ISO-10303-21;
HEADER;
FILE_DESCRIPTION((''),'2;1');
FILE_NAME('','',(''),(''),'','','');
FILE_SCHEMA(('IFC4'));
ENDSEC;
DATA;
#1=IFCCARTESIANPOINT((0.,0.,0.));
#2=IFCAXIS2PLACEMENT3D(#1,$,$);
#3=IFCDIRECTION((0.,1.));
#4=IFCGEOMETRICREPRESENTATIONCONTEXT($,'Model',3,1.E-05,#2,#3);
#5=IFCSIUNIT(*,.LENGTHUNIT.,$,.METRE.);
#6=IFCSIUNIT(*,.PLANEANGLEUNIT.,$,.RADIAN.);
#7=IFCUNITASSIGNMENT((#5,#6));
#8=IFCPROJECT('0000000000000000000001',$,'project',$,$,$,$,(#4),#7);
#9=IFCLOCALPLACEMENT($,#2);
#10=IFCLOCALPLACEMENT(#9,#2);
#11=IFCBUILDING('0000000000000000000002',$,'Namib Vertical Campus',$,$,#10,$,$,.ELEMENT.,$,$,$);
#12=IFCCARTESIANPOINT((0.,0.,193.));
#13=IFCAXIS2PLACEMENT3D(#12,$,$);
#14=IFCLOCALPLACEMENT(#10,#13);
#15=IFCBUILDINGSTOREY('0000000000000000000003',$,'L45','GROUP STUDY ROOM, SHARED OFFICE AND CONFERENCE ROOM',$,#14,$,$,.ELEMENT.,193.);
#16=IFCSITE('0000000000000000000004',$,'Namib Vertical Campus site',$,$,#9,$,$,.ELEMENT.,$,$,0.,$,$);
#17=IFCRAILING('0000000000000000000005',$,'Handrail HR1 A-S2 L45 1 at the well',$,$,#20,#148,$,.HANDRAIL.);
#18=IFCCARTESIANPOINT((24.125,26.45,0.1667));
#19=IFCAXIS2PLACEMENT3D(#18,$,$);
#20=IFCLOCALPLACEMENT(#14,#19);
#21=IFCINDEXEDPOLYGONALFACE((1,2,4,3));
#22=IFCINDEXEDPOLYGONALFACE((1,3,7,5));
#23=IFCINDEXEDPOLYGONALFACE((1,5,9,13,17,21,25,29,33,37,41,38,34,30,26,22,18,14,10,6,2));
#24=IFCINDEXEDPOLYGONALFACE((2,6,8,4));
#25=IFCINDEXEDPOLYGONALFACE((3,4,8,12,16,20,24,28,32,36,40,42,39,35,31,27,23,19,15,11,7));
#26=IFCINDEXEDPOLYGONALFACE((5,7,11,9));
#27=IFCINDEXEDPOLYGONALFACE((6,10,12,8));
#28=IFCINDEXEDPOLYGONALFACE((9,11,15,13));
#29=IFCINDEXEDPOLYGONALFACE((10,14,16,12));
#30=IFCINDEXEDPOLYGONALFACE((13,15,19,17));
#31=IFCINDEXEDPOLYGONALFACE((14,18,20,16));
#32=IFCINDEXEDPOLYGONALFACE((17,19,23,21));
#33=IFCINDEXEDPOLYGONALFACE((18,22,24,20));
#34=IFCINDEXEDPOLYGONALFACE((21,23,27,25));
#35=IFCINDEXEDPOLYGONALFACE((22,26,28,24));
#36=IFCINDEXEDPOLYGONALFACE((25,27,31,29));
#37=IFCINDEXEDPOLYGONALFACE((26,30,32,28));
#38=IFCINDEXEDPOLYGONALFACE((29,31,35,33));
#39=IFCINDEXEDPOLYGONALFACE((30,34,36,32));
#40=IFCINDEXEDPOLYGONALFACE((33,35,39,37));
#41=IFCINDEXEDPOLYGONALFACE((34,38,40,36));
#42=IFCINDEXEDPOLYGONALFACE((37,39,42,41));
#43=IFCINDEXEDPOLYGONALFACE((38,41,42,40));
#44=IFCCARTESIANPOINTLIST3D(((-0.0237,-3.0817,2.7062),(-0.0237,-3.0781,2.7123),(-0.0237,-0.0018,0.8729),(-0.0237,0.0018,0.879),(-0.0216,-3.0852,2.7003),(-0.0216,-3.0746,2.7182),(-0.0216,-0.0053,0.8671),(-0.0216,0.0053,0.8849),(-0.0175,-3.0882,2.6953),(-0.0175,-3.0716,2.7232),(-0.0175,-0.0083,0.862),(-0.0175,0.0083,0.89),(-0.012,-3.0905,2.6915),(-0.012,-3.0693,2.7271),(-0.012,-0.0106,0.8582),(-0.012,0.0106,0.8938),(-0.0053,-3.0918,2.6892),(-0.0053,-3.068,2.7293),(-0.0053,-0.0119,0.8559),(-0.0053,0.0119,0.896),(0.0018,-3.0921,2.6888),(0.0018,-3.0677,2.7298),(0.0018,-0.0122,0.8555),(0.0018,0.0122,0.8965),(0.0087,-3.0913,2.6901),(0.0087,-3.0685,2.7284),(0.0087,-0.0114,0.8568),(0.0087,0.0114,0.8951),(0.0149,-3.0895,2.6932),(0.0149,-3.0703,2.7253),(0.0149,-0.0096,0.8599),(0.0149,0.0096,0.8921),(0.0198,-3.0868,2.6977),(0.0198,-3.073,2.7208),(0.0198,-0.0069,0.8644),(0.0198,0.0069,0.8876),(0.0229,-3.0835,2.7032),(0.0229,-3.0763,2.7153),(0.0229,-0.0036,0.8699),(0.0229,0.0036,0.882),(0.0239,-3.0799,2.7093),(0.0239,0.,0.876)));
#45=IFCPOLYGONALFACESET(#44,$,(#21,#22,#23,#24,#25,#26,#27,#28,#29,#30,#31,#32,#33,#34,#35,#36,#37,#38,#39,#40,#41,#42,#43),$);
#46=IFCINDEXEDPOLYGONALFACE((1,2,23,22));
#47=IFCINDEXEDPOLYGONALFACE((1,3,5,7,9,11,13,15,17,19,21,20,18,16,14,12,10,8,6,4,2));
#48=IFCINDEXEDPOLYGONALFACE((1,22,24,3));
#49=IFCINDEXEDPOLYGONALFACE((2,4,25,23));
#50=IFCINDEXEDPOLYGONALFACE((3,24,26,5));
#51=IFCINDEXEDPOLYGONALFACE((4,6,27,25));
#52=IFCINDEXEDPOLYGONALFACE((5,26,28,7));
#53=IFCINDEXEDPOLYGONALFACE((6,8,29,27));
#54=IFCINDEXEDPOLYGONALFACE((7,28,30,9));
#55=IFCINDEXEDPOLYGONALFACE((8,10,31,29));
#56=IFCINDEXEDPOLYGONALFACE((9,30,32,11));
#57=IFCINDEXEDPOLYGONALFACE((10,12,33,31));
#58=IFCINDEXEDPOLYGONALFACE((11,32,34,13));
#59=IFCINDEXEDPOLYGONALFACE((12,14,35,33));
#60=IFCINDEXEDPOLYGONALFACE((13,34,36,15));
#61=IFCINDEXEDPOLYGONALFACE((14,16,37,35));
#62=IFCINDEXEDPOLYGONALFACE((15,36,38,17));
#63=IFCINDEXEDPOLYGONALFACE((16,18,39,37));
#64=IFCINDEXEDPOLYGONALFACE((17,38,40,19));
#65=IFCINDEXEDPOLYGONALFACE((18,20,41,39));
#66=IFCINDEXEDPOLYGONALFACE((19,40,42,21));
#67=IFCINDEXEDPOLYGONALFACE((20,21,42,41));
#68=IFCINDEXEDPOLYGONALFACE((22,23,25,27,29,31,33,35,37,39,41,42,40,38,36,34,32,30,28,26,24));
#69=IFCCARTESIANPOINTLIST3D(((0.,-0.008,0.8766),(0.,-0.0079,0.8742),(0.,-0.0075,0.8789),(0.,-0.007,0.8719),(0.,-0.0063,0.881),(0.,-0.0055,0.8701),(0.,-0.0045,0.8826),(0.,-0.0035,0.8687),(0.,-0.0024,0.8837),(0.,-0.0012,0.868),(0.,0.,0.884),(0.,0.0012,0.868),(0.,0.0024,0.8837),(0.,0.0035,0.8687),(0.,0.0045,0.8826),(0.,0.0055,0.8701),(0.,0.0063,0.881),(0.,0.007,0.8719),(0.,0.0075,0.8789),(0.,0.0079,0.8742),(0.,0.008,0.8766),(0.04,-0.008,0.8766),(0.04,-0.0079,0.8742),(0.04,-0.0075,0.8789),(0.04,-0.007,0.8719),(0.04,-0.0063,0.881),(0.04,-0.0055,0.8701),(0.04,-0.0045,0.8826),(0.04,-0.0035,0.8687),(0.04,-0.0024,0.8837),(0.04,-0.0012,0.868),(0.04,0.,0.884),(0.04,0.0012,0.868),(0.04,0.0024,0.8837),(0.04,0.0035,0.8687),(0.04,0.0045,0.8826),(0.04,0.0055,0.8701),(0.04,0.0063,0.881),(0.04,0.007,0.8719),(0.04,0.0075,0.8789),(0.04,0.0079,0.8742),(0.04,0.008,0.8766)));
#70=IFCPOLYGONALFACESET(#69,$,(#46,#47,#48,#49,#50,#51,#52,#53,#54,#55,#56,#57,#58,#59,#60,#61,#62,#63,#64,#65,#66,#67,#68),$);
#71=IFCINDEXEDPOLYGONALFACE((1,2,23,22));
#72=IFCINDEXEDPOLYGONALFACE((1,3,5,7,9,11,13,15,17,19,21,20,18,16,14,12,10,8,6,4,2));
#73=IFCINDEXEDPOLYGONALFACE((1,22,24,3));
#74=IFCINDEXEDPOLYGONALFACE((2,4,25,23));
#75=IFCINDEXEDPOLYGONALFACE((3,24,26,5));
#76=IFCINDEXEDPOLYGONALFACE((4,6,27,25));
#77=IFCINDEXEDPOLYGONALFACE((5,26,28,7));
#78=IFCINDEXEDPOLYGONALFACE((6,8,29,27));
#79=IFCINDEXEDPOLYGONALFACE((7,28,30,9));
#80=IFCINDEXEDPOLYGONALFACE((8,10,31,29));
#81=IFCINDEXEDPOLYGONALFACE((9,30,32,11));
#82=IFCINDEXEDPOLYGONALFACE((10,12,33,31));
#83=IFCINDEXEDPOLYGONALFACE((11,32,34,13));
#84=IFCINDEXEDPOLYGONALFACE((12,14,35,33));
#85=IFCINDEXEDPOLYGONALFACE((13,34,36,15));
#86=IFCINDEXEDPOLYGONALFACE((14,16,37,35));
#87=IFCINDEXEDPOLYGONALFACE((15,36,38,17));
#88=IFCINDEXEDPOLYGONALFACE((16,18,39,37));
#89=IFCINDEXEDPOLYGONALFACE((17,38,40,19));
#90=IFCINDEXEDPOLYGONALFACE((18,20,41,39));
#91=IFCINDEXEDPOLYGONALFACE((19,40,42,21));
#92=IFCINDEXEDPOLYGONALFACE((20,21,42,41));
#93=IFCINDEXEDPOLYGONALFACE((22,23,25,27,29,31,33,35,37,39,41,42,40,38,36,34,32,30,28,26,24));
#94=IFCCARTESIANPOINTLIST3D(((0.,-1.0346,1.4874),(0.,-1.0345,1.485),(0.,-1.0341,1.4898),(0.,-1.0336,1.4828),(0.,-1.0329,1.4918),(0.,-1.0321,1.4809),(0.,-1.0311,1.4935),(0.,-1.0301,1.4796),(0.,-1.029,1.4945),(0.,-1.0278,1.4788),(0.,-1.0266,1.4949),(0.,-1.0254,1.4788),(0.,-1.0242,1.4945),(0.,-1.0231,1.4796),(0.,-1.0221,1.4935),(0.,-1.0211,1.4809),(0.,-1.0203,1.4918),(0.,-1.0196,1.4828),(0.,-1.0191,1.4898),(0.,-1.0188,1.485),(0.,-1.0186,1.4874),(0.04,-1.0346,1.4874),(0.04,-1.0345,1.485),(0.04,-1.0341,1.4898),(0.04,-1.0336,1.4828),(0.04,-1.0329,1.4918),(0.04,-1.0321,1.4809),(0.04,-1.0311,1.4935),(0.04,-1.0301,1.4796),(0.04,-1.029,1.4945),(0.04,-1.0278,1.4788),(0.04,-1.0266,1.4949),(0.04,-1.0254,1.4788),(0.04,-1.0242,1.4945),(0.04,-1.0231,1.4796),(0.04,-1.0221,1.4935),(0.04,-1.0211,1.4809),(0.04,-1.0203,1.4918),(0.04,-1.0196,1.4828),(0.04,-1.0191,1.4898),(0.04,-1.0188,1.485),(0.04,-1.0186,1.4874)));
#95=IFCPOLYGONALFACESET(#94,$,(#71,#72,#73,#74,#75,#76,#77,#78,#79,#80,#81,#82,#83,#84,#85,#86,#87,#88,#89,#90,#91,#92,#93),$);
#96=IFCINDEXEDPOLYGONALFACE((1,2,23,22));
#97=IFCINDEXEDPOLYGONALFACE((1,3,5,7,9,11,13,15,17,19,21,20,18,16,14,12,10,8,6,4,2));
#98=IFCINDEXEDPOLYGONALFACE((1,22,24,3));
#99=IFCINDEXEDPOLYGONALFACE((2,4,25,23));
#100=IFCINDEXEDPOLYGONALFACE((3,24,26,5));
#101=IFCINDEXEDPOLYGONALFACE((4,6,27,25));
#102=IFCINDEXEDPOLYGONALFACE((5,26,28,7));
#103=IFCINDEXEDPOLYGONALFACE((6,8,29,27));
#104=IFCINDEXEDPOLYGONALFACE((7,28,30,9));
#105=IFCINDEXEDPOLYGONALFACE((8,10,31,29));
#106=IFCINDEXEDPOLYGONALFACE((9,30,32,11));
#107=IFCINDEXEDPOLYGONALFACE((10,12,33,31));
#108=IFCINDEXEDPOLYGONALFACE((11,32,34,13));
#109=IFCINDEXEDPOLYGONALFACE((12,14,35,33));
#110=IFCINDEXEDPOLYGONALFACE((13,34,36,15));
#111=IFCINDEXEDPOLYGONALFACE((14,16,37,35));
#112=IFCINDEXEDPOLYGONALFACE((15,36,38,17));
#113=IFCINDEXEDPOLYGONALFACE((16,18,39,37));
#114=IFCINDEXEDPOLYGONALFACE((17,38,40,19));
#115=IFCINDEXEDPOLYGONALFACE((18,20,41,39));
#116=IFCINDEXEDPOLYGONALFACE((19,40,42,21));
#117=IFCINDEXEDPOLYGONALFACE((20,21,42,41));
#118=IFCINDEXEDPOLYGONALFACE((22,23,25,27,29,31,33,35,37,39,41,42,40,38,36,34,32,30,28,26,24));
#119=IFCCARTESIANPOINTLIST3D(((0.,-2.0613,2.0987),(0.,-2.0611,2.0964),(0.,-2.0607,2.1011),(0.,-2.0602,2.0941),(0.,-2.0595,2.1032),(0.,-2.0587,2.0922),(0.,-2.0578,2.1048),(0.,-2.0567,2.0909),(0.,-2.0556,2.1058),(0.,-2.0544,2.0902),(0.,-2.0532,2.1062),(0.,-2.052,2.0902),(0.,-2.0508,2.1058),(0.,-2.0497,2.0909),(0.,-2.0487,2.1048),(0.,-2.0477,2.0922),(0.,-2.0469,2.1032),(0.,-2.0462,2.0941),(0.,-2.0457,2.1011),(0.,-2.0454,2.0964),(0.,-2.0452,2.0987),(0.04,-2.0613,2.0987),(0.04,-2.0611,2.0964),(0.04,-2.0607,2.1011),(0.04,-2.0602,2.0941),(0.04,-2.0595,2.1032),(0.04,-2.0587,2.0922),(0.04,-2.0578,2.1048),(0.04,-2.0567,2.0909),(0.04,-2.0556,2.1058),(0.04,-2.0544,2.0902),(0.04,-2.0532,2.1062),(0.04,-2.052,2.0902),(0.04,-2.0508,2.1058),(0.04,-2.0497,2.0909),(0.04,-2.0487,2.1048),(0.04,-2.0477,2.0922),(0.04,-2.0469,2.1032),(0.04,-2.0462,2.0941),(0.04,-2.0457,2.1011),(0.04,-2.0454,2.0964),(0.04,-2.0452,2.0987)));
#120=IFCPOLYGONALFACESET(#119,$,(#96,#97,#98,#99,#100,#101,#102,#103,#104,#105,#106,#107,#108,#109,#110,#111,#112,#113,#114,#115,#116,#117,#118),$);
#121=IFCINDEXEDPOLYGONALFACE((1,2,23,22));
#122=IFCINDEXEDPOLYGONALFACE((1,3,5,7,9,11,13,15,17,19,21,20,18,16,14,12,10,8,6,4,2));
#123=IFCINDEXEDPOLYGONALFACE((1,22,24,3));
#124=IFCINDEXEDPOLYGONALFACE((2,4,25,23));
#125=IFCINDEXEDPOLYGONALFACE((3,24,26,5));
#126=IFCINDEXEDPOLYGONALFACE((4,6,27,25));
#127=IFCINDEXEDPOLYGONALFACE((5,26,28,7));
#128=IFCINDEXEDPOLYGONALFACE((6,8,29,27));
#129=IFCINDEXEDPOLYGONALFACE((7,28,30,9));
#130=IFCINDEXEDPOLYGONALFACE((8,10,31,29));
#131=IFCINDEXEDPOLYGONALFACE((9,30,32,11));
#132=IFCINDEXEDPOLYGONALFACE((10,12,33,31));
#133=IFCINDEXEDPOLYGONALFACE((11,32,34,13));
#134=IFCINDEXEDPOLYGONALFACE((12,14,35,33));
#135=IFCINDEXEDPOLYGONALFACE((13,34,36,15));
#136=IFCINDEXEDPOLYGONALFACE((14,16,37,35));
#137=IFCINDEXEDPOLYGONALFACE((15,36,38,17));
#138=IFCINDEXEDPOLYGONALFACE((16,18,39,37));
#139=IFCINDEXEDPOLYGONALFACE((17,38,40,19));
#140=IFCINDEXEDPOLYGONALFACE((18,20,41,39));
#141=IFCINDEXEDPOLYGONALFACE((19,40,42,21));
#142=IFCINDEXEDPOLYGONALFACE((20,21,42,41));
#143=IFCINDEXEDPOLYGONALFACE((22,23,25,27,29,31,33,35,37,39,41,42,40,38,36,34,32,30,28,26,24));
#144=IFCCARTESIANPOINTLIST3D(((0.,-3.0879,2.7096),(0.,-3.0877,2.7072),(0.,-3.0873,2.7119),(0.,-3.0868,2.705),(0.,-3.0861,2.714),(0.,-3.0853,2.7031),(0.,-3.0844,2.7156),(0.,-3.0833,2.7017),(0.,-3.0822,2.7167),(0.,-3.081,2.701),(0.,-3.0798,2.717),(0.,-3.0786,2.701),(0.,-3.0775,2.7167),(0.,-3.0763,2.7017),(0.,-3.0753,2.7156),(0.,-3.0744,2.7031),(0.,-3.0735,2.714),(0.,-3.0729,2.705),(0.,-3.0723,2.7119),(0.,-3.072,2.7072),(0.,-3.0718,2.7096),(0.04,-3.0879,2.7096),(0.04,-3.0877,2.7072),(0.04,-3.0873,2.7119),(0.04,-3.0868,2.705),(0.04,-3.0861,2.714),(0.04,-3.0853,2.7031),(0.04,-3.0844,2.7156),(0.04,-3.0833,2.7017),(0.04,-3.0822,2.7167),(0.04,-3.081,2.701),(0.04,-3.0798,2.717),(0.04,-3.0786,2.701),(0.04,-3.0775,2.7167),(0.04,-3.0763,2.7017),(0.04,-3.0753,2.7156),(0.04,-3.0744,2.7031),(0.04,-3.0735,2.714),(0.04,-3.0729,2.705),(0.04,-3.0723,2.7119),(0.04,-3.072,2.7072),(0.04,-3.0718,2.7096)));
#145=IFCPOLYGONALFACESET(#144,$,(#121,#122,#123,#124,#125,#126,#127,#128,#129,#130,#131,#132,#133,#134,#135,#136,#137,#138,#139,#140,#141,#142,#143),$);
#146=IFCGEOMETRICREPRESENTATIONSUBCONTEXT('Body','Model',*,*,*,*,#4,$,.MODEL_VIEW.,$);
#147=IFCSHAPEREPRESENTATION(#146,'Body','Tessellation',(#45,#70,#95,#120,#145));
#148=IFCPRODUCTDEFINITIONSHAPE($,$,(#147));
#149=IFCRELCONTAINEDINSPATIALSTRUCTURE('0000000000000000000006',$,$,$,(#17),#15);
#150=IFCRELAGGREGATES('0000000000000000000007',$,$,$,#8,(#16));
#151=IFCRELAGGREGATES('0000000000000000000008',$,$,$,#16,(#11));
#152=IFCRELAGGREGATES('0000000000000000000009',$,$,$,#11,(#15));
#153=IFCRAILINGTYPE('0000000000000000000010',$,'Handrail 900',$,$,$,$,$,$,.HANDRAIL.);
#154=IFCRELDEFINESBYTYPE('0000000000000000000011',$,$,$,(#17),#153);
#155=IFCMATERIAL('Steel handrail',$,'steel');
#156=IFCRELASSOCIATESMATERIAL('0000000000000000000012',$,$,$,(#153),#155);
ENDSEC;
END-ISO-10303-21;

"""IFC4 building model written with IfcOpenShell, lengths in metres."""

from ifc_helpers import new_model, si_unit, direction, frame, origin, origin_2d, place, context, subcontext, project, spatial, circle, extrude, material, type_object, element, save


model = new_model("IFC4")

# Units and contexts
model_context = context("Model", 3, precision=1e-05, world=origin(), true_north=direction((0.0, 1.0)))
body_context = subcontext(model_context, "Body", "Model", "MODEL_VIEW")
ifc_project = project(units=[si_unit("LENGTHUNIT", "METRE"), si_unit("PLANEANGLEUNIT", "RADIAN")], contexts=[model_context])

# Site, building, storey
site_placement = place(None, origin())
site = spatial("IfcSite", under=ifc_project, at=site_placement, Name="Namib Vertical Campus site", CompositionType="ELEMENT", RefElevation=0.0)
building_placement = place(site_placement, origin())
building = spatial("IfcBuilding", under=site, at=building_placement, Name="Namib Vertical Campus", CompositionType="ELEMENT")
storey_placement = place(building_placement, frame((0.0, 0.0, 193.0)))
storey = spatial("IfcBuildingStorey", under=building, at=storey_placement, Name="L45", Description="GROUP STUDY ROOM, SHARED OFFICE AND CONFERENCE ROOM", CompositionType="ELEMENT", Elevation=193.0)

# Railing
ifc_material_1 = material(Name="Steel handrail", Category="steel")
railing_type_1 = type_object("IfcRailingType", Name="Handrail 900", PredefinedType="HANDRAIL", material=ifc_material_1)
railing_1_placement = place(storey_placement, frame((24.125, 26.45, 0.1667)))
element("IfcRailing", 1, at=railing_1_placement, inside=storey, type_object=railing_type_1, Name="Handrail HR1 A-S2 L45 1 at the well", PredefinedType="HANDRAIL", context=body_context, shape_type="SweptSolid", body=[
    extrude(circle(Radius=0.0239, at=origin_2d()), frame((0.0, 0.0, 0.876), z_axis=(0.0, -0.859291, 0.511487), x_axis=(1.0, 0.0, 0.0)), (0.0, 0.0, 1.0), 3.5842),
    extrude(circle(Radius=0.0081, at=origin_2d()), frame((0.0, 0.0, 0.876), z_axis=(1.0, 0.0, 0.0), x_axis=(0.0, 0.0, 1.0)), (0.0, 0.0, 1.0), 0.04),
    extrude(circle(Radius=0.0081, at=origin_2d()), frame((0.0, -1.0266, 1.4868), z_axis=(1.0, 0.0, 0.0), x_axis=(0.0, 0.0, 1.0)), (0.0, 0.0, 1.0), 0.04),
    extrude(circle(Radius=0.0081, at=origin_2d()), frame((0.0, -2.0532, 2.0981), z_axis=(1.0, 0.0, 0.0), x_axis=(0.0, 0.0, 1.0)), (0.0, 0.0, 1.0), 0.04),
    extrude(circle(Radius=0.0081, at=origin_2d()), frame((0.0, -3.0798, 2.709), z_axis=(1.0, 0.0, 0.0), x_axis=(0.0, 0.0, 1.0)), (0.0, 0.0, 1.0), 0.04),
])

save(model, "model.ifc")
